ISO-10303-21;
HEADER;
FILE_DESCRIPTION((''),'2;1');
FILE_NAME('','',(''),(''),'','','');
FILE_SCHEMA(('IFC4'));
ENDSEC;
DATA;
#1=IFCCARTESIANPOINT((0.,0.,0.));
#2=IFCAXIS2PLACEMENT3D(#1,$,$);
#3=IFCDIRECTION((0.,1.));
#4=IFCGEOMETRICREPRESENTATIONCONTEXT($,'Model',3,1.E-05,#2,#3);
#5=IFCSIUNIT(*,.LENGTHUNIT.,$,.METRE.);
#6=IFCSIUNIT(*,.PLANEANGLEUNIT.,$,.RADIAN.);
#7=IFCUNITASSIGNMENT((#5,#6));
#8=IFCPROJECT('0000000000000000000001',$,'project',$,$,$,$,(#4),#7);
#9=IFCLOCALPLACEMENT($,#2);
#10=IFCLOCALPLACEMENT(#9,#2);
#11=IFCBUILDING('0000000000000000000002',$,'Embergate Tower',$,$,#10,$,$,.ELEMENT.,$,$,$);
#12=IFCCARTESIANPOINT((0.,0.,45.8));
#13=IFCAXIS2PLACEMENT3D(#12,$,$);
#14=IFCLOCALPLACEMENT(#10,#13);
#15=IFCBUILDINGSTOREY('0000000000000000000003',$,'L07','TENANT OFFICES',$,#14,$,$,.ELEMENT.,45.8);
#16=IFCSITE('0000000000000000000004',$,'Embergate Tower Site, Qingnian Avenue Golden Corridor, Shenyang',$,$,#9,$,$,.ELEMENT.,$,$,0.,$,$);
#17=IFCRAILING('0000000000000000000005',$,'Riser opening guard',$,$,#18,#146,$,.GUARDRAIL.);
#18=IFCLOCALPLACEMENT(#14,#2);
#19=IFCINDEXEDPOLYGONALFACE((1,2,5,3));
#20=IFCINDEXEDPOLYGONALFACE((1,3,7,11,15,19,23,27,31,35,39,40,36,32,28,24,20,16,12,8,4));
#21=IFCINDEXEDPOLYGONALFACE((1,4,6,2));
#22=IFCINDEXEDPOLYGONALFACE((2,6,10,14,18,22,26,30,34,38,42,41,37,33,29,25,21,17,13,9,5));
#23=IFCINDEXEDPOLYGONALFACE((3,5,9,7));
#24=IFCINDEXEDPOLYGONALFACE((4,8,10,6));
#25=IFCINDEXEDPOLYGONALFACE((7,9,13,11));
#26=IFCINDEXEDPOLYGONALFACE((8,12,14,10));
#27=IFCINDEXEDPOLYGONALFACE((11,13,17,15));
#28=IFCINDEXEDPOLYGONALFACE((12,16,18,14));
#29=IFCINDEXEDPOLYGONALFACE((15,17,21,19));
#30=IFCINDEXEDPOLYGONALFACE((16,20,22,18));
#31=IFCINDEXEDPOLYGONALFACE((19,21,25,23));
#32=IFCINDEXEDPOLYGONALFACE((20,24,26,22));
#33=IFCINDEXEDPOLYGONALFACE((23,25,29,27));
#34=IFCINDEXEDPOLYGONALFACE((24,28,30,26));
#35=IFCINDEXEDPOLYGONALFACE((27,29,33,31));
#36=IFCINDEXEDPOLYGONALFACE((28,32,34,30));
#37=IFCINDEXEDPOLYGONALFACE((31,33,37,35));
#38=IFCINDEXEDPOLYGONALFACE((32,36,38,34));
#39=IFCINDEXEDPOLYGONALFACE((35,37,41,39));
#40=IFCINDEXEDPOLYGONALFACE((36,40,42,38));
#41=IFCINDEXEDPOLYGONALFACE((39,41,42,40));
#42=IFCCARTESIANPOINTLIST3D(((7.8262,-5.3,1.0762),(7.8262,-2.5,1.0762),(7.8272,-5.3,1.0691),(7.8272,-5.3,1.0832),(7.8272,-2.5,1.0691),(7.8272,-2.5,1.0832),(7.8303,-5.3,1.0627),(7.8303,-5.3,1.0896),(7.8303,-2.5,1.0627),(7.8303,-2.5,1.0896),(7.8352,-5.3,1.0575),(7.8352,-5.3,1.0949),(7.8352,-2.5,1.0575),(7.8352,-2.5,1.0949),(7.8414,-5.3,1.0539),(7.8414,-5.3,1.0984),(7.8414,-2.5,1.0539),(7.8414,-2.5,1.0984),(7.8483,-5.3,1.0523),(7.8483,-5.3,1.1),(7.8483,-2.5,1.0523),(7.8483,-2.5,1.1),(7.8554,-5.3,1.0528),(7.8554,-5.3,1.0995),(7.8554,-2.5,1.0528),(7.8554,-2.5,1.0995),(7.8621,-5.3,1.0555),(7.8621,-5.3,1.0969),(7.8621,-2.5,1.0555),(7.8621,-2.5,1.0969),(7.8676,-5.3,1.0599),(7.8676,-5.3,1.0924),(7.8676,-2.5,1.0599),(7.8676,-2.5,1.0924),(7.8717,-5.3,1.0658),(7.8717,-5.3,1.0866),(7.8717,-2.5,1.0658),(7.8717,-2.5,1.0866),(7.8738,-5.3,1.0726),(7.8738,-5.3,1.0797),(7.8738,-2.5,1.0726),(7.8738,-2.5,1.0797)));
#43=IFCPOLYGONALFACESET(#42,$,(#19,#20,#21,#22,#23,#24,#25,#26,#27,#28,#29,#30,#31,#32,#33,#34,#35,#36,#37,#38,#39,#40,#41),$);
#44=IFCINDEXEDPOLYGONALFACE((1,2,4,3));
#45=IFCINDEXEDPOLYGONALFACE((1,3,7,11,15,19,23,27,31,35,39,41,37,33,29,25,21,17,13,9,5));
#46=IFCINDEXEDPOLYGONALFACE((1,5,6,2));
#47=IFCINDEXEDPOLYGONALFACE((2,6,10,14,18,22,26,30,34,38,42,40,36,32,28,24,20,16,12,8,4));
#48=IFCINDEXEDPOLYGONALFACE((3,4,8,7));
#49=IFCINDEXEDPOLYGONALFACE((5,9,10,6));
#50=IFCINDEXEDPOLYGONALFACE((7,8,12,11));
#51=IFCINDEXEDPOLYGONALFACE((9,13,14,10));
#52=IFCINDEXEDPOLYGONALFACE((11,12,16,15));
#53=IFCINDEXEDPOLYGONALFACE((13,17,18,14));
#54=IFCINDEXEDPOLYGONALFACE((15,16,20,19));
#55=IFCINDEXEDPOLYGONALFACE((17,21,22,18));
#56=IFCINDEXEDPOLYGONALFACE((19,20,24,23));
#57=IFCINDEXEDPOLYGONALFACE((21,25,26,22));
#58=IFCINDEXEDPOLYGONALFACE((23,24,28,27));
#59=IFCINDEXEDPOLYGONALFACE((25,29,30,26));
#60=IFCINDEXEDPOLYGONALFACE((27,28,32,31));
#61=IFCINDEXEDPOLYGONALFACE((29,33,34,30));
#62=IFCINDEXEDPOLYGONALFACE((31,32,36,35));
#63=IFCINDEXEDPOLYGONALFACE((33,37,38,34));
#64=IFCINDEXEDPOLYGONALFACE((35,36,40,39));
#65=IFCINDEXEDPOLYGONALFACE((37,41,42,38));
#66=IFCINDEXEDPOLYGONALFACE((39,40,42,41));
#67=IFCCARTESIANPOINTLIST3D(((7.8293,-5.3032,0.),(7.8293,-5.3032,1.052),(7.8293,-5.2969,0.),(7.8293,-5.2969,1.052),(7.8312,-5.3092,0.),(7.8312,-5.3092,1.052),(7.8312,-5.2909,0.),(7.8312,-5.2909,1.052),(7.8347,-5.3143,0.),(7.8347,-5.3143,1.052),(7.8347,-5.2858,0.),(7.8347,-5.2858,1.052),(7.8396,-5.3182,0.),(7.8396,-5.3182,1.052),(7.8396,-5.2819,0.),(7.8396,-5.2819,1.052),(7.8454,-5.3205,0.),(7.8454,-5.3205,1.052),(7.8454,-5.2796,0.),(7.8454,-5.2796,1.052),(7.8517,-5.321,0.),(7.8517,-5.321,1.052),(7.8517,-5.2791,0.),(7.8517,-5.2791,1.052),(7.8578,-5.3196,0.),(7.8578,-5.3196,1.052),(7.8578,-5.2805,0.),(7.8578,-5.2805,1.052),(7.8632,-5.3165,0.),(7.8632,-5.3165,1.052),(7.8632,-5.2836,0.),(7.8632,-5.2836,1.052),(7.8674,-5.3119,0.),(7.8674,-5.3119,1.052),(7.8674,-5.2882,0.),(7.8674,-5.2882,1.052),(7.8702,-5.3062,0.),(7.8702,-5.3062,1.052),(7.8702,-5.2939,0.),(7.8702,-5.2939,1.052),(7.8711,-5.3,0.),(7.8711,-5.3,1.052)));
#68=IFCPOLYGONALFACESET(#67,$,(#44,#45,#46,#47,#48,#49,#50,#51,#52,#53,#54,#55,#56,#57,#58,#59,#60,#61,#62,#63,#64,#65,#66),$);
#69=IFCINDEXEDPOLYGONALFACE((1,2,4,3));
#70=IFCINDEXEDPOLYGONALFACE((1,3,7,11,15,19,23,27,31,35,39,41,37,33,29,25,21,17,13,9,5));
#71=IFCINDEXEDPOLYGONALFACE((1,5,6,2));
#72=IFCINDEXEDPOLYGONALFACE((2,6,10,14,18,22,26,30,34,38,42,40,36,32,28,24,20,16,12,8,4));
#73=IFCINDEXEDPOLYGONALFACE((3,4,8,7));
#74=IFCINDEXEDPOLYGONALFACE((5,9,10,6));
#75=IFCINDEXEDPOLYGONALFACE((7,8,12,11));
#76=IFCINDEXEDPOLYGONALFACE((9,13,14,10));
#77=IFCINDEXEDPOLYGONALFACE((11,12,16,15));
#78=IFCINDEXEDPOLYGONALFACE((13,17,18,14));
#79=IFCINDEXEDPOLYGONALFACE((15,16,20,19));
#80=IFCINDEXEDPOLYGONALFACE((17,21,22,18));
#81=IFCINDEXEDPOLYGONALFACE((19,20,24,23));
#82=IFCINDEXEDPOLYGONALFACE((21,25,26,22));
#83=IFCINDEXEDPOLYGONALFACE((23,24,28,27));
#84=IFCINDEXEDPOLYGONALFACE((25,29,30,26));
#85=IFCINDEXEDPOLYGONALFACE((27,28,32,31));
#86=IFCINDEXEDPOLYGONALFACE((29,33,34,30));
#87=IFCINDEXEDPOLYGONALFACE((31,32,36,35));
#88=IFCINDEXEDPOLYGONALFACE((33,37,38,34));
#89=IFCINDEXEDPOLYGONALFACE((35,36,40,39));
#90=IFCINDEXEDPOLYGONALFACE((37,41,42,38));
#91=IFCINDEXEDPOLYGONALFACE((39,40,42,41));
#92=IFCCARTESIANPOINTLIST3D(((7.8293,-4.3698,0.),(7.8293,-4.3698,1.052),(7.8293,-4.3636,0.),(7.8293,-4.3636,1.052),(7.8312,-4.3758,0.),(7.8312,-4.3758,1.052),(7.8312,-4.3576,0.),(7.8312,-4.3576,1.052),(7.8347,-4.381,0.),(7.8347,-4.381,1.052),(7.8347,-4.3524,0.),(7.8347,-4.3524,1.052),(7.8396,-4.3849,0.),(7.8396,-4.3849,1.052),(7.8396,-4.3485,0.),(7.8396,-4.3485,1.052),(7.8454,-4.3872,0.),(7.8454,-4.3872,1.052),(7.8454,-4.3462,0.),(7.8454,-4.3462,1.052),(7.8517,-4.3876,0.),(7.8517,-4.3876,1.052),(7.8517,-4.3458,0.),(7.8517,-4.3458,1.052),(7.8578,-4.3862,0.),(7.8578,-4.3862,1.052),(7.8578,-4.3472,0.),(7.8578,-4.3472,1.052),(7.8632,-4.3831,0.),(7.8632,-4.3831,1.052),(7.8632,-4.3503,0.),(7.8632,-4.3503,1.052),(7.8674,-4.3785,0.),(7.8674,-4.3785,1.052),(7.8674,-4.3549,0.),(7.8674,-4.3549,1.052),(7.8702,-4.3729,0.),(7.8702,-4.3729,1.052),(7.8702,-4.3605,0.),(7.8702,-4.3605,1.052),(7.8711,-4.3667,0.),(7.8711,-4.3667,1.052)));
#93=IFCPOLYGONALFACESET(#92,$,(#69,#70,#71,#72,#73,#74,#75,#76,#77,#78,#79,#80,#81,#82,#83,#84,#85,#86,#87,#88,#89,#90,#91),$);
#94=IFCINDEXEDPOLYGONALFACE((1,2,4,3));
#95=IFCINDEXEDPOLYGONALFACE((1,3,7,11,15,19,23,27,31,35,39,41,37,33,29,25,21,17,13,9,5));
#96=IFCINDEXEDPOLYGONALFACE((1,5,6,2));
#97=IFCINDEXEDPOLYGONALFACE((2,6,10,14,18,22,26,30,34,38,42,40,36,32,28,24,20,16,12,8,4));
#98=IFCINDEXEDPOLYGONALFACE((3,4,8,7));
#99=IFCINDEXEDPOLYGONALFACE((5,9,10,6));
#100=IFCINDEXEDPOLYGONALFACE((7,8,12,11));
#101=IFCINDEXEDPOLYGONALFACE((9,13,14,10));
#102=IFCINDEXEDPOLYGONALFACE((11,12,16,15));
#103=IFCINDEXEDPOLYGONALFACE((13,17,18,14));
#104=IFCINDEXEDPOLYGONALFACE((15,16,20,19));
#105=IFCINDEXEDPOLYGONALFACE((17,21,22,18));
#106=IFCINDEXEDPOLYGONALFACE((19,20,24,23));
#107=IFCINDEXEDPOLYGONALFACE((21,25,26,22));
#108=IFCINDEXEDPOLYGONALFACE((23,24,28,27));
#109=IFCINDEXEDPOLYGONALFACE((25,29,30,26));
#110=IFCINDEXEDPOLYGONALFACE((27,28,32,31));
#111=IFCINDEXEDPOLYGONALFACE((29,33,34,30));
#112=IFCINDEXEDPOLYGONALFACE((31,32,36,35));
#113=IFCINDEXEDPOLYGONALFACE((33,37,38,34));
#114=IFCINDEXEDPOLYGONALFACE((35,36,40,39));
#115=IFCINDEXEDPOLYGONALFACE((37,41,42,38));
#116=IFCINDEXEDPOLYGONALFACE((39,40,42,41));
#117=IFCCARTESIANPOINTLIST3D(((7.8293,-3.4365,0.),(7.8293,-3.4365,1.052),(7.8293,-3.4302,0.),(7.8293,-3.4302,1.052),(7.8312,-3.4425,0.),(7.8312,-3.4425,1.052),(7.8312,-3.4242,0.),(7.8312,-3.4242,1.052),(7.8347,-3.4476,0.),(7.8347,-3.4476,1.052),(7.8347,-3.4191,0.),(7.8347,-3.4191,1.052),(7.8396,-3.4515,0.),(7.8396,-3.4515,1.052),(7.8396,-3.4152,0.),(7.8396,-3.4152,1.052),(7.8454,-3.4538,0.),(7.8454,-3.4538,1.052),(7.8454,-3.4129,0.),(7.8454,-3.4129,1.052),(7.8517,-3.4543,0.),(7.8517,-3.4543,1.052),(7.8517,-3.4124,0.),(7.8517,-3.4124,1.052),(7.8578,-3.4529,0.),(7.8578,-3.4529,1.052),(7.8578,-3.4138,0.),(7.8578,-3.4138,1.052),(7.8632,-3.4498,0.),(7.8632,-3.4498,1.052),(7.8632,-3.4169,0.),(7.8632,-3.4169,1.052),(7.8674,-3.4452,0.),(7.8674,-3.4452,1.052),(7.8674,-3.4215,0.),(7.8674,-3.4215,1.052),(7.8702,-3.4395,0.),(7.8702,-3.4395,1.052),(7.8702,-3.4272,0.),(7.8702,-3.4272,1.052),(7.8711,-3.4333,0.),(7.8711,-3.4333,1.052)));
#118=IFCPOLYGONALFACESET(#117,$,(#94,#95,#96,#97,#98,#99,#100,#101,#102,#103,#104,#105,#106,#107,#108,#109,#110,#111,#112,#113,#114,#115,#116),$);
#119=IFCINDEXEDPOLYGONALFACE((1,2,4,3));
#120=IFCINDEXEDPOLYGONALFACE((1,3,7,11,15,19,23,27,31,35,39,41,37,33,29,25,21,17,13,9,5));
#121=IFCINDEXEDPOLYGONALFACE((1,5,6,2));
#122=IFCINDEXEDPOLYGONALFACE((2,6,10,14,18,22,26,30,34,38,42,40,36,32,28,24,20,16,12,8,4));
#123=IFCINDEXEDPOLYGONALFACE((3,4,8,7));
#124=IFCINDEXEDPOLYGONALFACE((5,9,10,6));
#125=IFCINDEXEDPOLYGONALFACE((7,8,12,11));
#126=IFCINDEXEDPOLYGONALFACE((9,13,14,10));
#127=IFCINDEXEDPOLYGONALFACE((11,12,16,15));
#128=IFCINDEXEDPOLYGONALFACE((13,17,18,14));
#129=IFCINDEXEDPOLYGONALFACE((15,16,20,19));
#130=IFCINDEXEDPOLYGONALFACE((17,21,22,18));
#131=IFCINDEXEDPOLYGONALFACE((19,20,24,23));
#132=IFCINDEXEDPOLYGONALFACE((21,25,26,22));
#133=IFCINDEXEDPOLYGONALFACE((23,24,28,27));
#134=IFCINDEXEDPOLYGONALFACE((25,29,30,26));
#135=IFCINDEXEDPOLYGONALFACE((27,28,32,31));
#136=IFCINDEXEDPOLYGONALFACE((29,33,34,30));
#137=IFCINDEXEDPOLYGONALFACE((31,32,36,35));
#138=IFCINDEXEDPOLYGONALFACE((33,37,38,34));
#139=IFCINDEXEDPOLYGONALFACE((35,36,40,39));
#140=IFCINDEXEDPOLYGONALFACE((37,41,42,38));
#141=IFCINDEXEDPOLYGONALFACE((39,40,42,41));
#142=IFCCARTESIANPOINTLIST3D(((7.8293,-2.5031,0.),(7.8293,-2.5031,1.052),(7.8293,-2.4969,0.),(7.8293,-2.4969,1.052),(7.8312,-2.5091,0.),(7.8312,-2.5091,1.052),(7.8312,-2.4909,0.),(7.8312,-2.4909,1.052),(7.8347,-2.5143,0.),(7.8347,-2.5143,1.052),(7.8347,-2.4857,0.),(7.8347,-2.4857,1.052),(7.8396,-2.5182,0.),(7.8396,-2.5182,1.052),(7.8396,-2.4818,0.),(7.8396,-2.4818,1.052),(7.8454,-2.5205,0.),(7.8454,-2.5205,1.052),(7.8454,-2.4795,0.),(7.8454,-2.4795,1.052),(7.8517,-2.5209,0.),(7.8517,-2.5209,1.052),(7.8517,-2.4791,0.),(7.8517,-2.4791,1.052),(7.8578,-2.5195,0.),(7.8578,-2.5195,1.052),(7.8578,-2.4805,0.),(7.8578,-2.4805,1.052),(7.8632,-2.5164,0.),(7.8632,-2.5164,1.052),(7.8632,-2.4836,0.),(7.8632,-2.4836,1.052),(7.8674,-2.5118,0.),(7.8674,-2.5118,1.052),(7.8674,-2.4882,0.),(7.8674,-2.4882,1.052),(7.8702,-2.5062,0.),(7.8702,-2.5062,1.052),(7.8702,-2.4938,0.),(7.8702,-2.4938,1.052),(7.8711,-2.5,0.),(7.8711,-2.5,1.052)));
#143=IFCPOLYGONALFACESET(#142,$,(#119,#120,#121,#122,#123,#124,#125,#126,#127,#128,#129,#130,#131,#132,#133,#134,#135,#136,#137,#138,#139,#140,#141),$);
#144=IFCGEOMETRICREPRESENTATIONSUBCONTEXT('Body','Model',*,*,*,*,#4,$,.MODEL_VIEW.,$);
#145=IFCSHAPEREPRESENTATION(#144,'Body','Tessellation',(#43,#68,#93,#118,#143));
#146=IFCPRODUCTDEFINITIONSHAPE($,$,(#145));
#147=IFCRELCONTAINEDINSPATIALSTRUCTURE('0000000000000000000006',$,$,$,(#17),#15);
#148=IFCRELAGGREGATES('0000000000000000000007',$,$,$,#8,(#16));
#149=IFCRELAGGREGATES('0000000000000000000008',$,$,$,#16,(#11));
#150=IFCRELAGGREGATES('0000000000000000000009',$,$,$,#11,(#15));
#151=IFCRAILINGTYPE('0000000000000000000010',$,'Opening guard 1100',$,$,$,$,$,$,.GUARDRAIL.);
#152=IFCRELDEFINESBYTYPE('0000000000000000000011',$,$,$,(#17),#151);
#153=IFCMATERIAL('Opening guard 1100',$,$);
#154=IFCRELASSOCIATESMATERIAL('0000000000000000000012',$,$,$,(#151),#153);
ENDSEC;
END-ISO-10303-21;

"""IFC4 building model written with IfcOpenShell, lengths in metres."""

from ifc_helpers import new_model, si_unit, direction, frame, origin, origin_2d, place, context, subcontext, project, spatial, circle, extrude, source, transform, mapped, material, type_object, element, save


model = new_model("IFC4")

# Units and contexts
model_context = context("Model", 3, precision=1e-05, world=origin(), true_north=direction((0.0, 1.0)))
body_context = subcontext(model_context, "Body", "Model", "MODEL_VIEW")
ifc_project = project(units=[si_unit("LENGTHUNIT", "METRE"), si_unit("PLANEANGLEUNIT", "RADIAN")], contexts=[model_context])

# Site, building, storey
site_placement = place(None, origin())
site = spatial("IfcSite", under=ifc_project, at=site_placement, Name="Embergate Tower Site, Qingnian Avenue Golden Corridor, Shenyang", CompositionType="ELEMENT", RefElevation=0.0)
building_placement = place(site_placement, origin())
building = spatial("IfcBuilding", under=site, at=building_placement, Name="Embergate Tower", CompositionType="ELEMENT")
storey_placement = place(building_placement, frame((0.0, 0.0, 45.8)))
storey = spatial("IfcBuildingStorey", under=building, at=storey_placement, Name="L07", Description="TENANT OFFICES", CompositionType="ELEMENT", Elevation=45.8)

# Railing
ifc_material_1 = material(Name="Opening guard 1100")
railing_type = type_object("IfcRailingType", Name="Opening guard 1100", PredefinedType="GUARDRAIL", material=ifc_material_1)
shared_shape_1 = source(origin(), body_context, "Body", "SweptSolid", [
    extrude(circle(Radius=0.0239, at=origin_2d()), frame((0.0, 0.0, 1.0762), z_axis=(0.0, 1.0, 0.0), x_axis=(-1.0, 0.0, 0.0)), (0.0, 0.0, 1.0), 2.8),
    extrude(circle(Radius=0.021, at=origin_2d()), origin(), (0.0, 0.0, 1.0), 1.052),
    extrude(circle(Radius=0.021, at=origin_2d()), frame((0.0, 0.9333, 0.0)), (0.0, 0.0, 1.0), 1.052),
    extrude(circle(Radius=0.021, at=origin_2d()), frame((0.0, 1.8667, 0.0)), (0.0, 0.0, 1.0), 1.052),
    extrude(circle(Radius=0.021, at=origin_2d()), frame((0.0, 2.8, 0.0)), (0.0, 0.0, 1.0), 1.052),
])
railing_placement = place(storey_placement, frame((7.8501, -5.3, 0.0)))
element("IfcRailing", 1, at=railing_placement, inside=storey, type_object=railing_type, Name="Riser opening guard", PredefinedType="GUARDRAIL", context=body_context, shape_type="MappedRepresentation", body=[
    mapped(shared_shape_1, transform((0.0, 0.0, 0.0))),
])

save(model, "model.ifc")
